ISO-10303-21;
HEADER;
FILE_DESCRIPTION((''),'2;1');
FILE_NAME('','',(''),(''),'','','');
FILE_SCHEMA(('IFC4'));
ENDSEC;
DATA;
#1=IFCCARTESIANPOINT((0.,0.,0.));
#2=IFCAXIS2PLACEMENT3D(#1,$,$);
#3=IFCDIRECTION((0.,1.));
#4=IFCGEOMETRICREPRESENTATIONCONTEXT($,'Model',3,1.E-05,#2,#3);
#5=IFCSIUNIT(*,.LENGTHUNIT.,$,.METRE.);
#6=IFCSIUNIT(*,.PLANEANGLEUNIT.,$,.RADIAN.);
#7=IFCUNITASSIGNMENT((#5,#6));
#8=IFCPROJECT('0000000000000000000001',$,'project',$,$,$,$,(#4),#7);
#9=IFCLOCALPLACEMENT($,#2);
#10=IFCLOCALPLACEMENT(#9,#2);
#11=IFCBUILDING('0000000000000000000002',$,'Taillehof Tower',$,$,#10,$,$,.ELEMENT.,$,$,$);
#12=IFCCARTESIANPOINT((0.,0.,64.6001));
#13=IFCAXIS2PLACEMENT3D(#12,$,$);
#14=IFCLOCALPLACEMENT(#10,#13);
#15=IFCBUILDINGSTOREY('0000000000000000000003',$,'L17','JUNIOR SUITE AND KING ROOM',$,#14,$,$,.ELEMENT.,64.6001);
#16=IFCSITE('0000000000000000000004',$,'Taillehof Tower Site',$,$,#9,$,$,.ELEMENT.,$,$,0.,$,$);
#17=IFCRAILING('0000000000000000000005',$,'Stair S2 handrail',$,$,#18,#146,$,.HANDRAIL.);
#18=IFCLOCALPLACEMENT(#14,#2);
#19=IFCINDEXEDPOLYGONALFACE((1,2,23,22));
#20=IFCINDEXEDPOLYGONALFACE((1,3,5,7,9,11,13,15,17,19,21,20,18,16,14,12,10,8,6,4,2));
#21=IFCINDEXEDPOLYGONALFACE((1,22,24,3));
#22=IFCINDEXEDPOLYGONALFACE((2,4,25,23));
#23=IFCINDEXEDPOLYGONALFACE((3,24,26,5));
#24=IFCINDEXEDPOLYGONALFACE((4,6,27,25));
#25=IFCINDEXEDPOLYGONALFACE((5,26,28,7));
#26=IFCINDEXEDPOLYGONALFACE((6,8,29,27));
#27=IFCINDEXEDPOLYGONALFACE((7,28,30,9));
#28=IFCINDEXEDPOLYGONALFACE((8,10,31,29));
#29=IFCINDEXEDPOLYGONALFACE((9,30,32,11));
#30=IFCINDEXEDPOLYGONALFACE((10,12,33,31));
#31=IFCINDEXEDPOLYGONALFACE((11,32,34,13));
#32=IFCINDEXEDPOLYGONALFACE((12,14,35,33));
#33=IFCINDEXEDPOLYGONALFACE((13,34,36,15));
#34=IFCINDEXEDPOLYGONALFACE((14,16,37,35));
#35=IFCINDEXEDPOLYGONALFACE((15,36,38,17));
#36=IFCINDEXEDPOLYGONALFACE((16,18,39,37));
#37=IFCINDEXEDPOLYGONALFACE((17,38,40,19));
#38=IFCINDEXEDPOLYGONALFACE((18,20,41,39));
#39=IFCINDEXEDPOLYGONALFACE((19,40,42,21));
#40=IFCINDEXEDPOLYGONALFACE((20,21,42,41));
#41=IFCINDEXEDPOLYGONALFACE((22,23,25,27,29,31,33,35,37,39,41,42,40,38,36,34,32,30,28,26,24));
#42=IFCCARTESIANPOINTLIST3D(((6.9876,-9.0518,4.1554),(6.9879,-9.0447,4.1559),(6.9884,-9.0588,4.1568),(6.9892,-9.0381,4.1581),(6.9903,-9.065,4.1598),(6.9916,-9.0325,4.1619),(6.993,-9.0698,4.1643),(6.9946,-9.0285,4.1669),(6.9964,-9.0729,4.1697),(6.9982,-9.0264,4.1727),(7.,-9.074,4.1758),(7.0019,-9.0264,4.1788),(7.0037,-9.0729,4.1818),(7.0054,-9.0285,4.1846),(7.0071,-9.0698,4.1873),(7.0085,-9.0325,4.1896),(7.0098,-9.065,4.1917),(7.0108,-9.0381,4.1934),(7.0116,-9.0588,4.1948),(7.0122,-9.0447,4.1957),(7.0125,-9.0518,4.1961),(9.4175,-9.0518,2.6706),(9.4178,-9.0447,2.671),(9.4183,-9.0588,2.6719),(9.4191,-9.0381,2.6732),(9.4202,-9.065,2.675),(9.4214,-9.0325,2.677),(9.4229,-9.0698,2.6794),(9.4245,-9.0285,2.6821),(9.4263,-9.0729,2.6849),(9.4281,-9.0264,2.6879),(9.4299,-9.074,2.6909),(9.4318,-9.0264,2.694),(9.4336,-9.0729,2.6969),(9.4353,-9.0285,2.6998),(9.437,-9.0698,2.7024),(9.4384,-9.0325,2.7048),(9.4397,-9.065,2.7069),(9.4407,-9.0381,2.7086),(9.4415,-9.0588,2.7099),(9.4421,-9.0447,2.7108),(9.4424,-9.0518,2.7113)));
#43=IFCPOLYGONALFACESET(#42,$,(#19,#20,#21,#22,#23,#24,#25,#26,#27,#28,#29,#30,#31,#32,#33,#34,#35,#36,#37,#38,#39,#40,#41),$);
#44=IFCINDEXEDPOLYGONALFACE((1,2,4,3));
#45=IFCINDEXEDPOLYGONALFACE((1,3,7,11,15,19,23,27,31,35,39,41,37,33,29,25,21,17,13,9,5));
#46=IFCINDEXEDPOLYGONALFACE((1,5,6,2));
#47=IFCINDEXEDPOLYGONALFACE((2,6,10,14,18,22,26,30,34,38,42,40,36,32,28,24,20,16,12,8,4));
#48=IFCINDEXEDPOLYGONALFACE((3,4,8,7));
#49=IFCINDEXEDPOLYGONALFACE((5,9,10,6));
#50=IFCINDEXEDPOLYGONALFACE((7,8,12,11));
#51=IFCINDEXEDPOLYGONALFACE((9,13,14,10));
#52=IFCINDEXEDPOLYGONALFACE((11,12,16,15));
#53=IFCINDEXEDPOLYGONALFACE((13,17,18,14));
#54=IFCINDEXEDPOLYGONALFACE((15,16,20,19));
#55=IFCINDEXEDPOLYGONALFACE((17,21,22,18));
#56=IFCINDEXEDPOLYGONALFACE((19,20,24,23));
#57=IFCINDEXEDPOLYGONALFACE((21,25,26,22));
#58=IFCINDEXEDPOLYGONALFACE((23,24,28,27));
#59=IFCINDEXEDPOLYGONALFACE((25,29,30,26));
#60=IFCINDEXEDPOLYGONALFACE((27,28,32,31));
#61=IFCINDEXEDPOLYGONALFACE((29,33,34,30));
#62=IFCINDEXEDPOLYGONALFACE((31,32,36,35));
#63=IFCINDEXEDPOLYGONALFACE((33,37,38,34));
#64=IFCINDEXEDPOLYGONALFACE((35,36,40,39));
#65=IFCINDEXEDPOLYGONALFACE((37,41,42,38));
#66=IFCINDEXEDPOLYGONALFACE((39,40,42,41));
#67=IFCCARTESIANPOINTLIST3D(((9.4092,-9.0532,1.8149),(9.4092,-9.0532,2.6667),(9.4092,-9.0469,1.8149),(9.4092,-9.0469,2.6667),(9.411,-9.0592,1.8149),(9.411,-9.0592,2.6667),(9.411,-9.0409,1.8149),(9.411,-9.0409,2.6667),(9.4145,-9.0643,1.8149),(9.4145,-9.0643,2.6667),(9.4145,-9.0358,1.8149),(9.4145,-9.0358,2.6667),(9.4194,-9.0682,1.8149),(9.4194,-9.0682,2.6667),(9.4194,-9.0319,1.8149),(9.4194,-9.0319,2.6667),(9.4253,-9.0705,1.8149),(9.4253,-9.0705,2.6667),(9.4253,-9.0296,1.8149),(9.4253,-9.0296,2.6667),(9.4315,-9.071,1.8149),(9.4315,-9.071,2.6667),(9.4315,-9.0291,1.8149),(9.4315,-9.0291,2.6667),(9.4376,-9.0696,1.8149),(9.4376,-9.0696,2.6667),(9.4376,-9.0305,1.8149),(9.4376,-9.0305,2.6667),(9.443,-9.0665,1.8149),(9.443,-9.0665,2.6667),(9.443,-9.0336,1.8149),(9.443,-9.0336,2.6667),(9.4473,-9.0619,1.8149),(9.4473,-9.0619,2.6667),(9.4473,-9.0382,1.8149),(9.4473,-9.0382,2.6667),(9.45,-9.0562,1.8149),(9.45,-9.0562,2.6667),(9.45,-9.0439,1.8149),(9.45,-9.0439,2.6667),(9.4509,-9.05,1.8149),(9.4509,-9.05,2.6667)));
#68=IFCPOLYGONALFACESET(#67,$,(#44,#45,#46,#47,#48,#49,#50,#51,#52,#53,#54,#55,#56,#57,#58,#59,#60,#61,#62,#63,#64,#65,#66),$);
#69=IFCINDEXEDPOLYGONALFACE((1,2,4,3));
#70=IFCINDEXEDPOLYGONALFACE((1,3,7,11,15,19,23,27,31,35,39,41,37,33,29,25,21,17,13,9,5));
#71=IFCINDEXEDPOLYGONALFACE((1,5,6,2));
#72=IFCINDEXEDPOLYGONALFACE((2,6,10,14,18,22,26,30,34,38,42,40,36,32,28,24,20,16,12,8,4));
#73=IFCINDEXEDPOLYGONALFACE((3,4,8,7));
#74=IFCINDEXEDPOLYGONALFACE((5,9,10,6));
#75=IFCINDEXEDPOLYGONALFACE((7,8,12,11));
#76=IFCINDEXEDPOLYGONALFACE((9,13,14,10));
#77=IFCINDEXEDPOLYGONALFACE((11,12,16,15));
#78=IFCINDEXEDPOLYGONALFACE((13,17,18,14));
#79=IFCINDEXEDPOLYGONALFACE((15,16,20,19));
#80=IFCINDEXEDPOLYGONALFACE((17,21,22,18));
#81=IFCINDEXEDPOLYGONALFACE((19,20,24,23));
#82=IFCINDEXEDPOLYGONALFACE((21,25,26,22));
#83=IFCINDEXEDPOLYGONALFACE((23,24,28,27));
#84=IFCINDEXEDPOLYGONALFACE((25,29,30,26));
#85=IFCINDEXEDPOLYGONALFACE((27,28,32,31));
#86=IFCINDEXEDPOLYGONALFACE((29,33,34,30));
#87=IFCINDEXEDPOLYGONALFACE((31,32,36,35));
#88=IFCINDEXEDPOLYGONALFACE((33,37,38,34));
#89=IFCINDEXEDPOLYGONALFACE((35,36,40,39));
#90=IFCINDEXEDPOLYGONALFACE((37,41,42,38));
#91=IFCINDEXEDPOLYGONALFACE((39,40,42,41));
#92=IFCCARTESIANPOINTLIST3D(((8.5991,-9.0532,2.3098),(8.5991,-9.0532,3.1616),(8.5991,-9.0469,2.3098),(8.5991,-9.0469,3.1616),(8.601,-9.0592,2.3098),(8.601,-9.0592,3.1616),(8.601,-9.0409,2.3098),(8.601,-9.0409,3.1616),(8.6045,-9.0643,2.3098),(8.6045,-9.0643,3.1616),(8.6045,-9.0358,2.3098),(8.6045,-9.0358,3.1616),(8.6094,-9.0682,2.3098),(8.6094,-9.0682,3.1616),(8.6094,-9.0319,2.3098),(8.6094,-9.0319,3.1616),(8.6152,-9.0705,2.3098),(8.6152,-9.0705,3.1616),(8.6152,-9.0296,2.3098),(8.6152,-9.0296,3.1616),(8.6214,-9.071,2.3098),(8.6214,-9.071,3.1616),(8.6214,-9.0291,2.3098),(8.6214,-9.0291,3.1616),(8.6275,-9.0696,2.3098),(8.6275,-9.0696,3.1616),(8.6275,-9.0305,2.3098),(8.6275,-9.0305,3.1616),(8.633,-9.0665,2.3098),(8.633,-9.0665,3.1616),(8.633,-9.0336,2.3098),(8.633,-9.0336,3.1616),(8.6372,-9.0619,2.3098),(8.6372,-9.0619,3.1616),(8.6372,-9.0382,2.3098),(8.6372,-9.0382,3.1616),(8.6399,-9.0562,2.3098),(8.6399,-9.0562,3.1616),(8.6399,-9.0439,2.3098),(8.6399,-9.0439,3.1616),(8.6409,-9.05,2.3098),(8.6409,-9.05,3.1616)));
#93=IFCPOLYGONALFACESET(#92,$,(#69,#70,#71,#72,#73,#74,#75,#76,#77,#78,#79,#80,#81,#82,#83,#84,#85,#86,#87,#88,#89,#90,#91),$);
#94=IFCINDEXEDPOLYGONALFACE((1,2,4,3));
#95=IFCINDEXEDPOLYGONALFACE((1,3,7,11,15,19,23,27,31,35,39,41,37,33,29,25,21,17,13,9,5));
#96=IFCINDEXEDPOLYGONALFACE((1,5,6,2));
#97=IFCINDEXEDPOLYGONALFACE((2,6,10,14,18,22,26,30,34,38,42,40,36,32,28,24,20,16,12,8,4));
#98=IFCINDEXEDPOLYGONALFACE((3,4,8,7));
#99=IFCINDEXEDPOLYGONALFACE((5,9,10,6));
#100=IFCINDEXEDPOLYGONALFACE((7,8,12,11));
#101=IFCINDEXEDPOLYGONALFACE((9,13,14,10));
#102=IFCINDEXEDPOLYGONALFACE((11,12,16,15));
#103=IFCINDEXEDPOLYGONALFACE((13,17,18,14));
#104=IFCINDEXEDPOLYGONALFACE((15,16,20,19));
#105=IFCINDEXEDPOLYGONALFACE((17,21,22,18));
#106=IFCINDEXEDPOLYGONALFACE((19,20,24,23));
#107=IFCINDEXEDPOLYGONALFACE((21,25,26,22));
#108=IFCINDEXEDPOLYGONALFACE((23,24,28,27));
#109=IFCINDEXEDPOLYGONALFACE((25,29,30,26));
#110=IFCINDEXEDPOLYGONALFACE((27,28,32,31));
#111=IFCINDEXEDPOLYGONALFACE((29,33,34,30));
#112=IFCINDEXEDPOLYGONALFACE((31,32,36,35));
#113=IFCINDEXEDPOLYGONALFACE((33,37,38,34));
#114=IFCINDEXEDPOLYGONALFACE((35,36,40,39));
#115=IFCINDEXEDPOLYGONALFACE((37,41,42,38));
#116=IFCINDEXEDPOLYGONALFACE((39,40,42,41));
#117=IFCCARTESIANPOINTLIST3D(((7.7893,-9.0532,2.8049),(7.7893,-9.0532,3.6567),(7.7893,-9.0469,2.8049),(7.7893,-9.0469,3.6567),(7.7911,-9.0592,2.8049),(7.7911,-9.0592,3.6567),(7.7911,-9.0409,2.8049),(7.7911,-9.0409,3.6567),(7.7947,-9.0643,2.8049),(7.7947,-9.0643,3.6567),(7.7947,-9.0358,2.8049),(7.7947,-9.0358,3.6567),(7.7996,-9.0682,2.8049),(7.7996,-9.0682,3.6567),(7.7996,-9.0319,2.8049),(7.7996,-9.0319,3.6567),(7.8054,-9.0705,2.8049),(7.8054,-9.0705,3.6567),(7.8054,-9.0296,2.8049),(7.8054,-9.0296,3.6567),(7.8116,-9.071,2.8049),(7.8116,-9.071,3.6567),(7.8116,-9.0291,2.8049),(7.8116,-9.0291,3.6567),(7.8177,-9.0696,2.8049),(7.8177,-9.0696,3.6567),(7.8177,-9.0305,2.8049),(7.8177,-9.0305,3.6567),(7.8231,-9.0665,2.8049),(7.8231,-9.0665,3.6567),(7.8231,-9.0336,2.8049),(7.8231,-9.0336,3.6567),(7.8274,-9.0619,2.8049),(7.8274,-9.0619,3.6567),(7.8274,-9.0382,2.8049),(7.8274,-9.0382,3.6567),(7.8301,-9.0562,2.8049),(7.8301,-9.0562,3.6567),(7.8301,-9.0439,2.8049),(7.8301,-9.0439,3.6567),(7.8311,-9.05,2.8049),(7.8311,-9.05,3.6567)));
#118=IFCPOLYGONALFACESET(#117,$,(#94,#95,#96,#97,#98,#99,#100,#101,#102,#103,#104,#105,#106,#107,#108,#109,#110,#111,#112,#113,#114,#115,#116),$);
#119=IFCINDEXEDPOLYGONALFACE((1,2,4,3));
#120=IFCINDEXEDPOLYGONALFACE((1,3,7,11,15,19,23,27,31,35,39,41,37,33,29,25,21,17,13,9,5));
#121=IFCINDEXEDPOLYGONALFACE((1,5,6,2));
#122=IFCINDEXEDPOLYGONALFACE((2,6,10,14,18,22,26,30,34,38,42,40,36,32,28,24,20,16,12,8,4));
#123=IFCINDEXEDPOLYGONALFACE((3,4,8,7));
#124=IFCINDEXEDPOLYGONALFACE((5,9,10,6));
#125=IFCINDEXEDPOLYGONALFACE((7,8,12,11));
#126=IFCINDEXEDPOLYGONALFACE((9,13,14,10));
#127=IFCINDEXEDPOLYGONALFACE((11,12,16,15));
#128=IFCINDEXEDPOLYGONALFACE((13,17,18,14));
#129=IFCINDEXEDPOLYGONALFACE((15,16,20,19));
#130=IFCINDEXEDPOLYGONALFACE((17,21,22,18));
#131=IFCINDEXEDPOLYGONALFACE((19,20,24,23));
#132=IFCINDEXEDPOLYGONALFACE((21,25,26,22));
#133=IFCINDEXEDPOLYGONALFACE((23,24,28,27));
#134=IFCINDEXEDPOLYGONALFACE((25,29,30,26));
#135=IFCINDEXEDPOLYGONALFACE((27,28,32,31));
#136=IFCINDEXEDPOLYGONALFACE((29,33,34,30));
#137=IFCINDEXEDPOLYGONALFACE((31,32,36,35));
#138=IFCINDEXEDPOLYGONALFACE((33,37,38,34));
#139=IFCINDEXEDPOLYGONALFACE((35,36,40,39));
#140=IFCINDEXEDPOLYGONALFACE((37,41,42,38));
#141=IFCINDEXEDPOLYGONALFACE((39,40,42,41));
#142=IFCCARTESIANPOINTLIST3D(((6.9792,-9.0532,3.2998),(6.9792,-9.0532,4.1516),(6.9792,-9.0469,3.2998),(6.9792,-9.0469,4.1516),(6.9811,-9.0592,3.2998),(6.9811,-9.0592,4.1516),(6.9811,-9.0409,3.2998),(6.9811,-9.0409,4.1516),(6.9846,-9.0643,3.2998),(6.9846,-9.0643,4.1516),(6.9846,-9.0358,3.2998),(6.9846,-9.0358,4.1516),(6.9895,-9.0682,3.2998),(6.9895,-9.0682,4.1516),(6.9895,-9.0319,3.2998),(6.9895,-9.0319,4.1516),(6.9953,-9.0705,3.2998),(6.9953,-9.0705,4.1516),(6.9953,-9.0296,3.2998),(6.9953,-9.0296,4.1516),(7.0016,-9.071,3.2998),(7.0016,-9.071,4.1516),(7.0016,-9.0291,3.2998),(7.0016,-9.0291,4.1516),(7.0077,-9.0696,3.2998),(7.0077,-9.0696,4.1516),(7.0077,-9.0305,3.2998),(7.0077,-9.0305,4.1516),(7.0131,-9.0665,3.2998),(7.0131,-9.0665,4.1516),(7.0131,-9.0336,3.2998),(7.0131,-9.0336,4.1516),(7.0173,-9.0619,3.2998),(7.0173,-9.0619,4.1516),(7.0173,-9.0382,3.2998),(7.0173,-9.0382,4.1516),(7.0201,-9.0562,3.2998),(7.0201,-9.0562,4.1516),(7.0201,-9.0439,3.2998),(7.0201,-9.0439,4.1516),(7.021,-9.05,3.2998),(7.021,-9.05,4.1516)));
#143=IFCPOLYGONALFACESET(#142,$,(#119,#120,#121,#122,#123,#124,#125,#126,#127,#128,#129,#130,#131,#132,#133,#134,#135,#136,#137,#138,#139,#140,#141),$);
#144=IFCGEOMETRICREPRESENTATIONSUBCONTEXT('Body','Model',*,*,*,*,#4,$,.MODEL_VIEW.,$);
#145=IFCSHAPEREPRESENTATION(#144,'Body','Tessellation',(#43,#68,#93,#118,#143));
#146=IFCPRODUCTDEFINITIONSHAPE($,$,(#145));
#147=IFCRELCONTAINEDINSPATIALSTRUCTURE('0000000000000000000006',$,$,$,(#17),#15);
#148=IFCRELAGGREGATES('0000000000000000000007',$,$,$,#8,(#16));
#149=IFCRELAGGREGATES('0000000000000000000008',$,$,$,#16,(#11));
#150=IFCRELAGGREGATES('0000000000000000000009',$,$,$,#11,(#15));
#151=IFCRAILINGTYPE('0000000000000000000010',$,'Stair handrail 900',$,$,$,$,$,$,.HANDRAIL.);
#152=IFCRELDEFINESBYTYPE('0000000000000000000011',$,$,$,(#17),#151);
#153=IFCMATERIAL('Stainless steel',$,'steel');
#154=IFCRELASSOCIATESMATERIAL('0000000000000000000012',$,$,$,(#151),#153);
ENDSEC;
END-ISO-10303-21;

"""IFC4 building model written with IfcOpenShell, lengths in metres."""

from ifc_helpers import new_model, si_unit, direction, frame, origin, origin_2d, place, context, subcontext, project, spatial, circle, extrude, material, type_object, element, save


model = new_model("IFC4")

# Units and contexts
model_context = context("Model", 3, precision=1e-05, world=origin(), true_north=direction((0.0, 1.0)))
body_context = subcontext(model_context, "Body", "Model", "MODEL_VIEW")
ifc_project = project(units=[si_unit("LENGTHUNIT", "METRE"), si_unit("PLANEANGLEUNIT", "RADIAN")], contexts=[model_context])

# Site, building, storey
site_placement = place(None, origin())
site = spatial("IfcSite", under=ifc_project, at=site_placement, Name="Taillehof Tower Site", CompositionType="ELEMENT", RefElevation=0.0)
building_placement = place(site_placement, origin())
building = spatial("IfcBuilding", under=site, at=building_placement, Name="Taillehof Tower", CompositionType="ELEMENT")
storey_placement = place(building_placement, frame((0.0, 0.0, 64.6001)))
storey = spatial("IfcBuildingStorey", under=building, at=storey_placement, Name="L17", Description="JUNIOR SUITE AND KING ROOM", CompositionType="ELEMENT", Elevation=64.6001)

# Railing
ifc_material_1 = material(Name="Stainless steel", Category="steel")
railing_type = type_object("IfcRailingType", Name="Stair handrail 900", PredefinedType="HANDRAIL", material=ifc_material_1)
railing_1_placement = place(storey_placement, frame((9.4299, -9.05, 1.8149)))
element("IfcRailing", 1, at=railing_1_placement, inside=storey, type_object=railing_type, Name="Stair S2 handrail", PredefinedType="HANDRAIL", context=body_context, shape_type="SweptSolid", body=[
    extrude(circle(Radius=0.0239, at=origin_2d()), frame((0.0, 0.0, 0.876), z_axis=(-0.853297, 0.0, 0.521426), x_axis=(0.0, -1.0, 0.0)), (0.0, 0.0, 1.0), 2.8477),
    extrude(circle(Radius=0.021, at=origin_2d()), origin(), (0.0, 0.0, 1.0), 0.8518),
    extrude(circle(Radius=0.021, at=origin_2d()), frame((-0.8101, 0.0, 0.4949)), (0.0, 0.0, 1.0), 0.8518),
    extrude(circle(Radius=0.021, at=origin_2d()), frame((-1.6199, 0.0, 0.99)), (0.0, 0.0, 1.0), 0.8518),
    extrude(circle(Radius=0.021, at=origin_2d()), frame((-2.4299, 0.0, 1.4849)), (0.0, 0.0, 1.0), 0.8518),
])

save(model, "model.ifc")
